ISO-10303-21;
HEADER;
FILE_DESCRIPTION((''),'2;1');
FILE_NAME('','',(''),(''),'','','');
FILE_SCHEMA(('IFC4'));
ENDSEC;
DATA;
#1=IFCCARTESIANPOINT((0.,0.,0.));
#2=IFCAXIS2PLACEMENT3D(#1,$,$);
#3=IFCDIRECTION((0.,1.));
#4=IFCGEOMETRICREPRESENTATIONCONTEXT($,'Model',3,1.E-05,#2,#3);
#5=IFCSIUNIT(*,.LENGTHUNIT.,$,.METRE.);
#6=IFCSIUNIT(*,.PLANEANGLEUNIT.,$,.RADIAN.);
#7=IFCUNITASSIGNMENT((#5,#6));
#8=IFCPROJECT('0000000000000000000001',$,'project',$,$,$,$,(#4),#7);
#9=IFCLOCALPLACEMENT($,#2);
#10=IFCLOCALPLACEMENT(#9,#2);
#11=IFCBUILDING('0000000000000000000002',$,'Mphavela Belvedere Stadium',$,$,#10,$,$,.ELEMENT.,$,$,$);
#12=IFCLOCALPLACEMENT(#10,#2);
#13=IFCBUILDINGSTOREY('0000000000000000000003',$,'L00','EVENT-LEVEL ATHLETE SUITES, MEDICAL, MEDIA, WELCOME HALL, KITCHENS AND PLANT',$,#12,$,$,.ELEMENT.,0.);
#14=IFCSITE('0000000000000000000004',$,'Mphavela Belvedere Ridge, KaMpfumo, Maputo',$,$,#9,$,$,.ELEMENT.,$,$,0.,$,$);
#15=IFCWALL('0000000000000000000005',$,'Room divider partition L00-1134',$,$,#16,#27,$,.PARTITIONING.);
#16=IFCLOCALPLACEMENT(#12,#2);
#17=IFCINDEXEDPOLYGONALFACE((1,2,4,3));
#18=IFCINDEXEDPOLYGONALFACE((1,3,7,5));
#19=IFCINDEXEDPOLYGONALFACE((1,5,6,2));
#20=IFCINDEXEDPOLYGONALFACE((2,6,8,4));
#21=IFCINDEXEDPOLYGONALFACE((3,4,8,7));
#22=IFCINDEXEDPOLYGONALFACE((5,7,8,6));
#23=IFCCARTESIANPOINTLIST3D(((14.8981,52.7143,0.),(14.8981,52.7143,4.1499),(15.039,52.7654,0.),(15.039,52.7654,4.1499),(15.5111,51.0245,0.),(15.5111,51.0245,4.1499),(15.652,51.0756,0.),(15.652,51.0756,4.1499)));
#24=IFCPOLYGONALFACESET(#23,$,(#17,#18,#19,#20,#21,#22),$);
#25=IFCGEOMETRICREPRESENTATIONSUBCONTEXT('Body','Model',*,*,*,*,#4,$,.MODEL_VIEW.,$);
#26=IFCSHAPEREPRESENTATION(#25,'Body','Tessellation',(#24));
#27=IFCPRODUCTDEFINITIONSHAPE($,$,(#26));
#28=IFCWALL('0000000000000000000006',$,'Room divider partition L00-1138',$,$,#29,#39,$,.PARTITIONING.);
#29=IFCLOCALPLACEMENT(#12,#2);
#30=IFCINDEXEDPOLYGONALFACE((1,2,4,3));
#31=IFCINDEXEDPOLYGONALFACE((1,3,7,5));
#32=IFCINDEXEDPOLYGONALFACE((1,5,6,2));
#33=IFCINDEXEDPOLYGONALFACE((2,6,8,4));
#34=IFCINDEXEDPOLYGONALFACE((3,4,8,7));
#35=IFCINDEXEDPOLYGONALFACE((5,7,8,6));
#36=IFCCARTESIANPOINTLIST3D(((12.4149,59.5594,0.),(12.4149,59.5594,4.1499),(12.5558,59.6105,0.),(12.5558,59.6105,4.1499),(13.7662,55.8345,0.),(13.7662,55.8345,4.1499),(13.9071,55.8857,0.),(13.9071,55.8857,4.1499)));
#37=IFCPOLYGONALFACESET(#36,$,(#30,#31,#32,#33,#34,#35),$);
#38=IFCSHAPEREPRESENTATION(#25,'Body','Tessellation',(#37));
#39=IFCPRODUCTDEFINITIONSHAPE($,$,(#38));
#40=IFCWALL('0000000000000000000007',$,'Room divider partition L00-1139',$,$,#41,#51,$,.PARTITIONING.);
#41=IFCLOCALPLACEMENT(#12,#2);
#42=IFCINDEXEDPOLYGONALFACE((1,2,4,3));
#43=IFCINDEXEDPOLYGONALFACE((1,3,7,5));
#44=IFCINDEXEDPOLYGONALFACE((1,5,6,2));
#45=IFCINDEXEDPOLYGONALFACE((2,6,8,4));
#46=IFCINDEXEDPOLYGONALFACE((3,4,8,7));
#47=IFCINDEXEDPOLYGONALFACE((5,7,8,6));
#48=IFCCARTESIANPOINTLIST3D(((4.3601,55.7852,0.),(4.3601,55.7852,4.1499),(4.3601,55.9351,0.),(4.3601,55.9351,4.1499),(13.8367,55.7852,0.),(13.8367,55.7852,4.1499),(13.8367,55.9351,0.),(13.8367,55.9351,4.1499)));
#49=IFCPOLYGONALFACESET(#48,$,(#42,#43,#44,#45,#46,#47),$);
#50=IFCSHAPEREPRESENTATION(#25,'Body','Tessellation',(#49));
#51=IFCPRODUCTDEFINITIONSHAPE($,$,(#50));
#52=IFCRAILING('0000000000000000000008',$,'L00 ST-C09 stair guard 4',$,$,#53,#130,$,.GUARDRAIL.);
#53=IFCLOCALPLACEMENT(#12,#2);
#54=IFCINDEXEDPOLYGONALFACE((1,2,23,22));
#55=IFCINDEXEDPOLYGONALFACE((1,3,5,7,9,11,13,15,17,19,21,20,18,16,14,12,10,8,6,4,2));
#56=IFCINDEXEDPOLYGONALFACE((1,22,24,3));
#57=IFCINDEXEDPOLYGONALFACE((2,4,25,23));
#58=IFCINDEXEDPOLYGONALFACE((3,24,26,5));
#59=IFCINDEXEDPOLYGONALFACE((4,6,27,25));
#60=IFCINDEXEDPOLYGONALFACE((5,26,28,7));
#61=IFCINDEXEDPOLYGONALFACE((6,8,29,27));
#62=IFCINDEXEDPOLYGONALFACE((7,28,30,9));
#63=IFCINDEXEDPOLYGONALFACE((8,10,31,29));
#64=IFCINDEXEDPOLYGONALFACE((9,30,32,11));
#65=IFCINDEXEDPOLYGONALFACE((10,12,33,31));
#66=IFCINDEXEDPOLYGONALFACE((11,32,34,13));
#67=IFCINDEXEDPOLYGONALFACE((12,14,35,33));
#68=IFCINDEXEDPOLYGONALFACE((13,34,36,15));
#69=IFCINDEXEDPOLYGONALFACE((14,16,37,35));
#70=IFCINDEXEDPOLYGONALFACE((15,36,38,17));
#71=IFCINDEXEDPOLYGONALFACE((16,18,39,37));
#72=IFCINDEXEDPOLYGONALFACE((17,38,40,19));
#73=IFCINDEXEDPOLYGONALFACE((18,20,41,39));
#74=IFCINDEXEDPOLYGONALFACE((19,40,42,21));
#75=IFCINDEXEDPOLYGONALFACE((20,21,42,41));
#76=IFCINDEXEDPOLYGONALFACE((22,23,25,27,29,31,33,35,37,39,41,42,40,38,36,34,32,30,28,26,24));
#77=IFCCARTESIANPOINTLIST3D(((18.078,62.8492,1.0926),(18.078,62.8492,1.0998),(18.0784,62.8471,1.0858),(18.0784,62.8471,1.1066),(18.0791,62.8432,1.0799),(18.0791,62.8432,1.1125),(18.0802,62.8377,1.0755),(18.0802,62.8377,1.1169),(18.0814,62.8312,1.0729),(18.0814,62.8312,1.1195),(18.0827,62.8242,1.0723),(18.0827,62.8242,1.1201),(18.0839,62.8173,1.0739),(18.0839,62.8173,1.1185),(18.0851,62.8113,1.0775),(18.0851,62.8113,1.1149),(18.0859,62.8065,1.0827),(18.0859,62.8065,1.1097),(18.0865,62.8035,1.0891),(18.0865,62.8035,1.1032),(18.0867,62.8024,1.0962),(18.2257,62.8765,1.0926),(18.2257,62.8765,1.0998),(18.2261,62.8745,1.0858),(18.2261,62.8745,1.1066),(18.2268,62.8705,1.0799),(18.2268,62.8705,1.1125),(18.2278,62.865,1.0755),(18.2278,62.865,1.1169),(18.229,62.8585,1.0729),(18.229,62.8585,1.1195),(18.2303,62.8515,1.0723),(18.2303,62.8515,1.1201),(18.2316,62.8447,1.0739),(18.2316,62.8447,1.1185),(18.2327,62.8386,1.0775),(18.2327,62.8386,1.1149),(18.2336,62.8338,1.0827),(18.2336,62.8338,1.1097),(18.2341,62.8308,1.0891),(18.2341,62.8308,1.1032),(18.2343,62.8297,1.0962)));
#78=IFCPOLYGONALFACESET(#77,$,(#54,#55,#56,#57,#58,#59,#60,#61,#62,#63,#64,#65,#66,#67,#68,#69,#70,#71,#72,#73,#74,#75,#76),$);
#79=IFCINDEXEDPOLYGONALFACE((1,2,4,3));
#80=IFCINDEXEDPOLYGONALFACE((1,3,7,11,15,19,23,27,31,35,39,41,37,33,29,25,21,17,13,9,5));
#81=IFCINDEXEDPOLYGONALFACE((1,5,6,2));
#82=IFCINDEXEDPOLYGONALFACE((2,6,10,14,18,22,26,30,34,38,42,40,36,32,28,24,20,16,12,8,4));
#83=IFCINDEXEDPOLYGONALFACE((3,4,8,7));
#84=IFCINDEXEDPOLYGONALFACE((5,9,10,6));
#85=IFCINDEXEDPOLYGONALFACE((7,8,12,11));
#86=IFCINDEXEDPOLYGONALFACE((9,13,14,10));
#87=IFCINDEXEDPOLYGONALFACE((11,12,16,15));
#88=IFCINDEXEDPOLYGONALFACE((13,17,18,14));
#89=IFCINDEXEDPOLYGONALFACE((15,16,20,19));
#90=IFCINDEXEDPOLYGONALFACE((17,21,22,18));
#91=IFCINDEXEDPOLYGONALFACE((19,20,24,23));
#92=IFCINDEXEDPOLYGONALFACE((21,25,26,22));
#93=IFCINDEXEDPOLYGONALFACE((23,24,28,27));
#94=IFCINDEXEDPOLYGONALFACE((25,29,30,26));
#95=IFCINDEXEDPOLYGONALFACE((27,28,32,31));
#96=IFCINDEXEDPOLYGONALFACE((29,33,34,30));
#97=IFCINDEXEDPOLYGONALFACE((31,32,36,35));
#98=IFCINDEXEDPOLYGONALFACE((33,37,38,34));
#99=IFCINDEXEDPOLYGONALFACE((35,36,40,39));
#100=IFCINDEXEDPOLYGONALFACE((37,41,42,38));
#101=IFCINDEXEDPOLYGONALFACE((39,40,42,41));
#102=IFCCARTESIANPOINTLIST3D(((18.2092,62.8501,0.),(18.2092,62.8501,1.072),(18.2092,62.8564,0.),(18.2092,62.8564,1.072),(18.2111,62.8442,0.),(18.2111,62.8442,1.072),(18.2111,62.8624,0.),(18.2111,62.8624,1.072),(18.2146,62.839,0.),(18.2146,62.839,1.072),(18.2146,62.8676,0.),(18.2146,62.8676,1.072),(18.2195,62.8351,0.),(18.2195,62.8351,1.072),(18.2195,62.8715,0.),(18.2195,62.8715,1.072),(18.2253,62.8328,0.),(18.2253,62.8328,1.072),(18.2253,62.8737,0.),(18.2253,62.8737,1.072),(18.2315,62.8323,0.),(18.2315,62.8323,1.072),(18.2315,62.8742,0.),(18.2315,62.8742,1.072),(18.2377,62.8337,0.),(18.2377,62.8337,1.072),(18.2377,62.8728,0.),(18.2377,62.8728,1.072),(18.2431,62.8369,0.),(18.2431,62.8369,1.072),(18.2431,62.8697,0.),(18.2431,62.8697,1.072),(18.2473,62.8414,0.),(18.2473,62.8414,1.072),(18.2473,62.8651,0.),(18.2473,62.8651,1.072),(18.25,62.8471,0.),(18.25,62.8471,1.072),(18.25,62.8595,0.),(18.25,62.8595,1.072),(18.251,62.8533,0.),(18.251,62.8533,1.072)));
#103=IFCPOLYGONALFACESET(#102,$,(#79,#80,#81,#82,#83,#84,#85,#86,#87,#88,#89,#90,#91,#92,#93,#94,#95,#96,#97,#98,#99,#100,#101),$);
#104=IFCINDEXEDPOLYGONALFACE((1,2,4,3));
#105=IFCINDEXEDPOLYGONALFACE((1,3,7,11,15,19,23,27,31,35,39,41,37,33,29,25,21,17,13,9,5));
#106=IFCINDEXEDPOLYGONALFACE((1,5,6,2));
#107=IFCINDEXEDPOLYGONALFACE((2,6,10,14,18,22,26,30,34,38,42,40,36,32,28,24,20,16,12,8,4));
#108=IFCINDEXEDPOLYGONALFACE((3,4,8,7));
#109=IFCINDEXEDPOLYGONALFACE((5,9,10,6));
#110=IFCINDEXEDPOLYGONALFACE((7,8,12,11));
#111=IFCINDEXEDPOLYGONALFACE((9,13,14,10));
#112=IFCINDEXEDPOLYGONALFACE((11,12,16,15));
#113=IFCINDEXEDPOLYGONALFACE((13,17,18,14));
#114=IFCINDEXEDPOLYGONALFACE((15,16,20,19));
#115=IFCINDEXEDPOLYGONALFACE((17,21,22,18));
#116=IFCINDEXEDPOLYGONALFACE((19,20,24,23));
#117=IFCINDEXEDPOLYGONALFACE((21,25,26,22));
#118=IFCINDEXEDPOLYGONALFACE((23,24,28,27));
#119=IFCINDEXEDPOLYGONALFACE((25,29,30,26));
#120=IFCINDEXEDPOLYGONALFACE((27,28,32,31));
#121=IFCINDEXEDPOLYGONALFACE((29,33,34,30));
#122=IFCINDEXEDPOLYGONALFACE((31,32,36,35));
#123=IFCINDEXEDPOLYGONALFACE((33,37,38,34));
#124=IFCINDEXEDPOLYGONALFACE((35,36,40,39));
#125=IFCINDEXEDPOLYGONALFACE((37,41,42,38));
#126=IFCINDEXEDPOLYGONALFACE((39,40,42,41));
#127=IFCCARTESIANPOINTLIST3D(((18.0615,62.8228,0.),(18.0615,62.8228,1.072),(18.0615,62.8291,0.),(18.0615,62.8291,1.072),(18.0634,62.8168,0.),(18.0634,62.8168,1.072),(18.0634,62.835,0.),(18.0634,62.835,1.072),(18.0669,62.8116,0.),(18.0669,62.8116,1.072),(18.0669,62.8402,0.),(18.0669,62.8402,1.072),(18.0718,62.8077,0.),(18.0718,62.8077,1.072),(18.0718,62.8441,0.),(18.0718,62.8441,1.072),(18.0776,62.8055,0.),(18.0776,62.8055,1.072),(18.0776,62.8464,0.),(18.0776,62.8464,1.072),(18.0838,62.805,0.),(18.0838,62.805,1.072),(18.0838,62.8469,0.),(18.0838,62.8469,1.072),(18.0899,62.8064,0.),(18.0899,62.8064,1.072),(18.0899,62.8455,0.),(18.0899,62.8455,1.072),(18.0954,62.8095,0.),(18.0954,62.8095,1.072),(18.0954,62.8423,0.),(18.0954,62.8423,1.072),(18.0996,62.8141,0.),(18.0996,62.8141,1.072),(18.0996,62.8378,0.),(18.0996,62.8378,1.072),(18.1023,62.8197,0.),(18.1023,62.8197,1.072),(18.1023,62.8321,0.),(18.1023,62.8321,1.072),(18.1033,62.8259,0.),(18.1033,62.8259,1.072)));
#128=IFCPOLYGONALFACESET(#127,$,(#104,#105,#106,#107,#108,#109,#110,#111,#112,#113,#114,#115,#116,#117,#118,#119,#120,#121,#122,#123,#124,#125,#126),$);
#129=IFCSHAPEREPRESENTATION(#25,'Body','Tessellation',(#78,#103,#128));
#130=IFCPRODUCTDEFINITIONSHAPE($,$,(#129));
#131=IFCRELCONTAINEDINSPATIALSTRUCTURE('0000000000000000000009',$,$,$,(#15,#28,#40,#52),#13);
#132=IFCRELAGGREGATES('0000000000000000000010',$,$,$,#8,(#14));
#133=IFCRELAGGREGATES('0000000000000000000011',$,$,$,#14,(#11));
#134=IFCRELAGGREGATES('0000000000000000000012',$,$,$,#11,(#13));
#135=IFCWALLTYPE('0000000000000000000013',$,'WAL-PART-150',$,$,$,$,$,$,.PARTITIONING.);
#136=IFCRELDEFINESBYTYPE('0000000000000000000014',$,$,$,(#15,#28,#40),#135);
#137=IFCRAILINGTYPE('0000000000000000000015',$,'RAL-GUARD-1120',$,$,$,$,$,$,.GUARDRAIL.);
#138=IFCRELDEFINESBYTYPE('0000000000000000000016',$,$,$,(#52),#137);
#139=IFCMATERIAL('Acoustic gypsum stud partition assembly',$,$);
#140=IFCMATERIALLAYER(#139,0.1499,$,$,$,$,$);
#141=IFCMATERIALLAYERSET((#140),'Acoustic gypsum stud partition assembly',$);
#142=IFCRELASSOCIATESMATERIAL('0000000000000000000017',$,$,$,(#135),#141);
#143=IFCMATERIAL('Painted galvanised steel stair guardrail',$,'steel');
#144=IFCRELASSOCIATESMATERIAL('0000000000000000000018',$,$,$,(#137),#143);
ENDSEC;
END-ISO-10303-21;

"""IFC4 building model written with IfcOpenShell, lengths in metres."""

from ifc_helpers import new_model, si_unit, direction, frame, frame_2d, origin, origin_2d, place, context, subcontext, project, spatial, rectangle, circle, extrude, material, layer, layer_set, type_object, element, save


model = new_model("IFC4")

# Units and contexts
model_context = context("Model", 3, precision=1e-05, world=origin(), true_north=direction((0.0, 1.0)))
body_context = subcontext(model_context, "Body", "Model", "MODEL_VIEW")
ifc_project = project(units=[si_unit("LENGTHUNIT", "METRE"), si_unit("PLANEANGLEUNIT", "RADIAN")], contexts=[model_context])

# Site, building, storey
site_placement = place(None, origin())
site = spatial("IfcSite", under=ifc_project, at=site_placement, Name="Mphavela Belvedere Ridge, KaMpfumo, Maputo", CompositionType="ELEMENT", RefElevation=0.0)
building_placement = place(site_placement, origin())
building = spatial("IfcBuilding", under=site, at=building_placement, Name="Mphavela Belvedere Stadium", CompositionType="ELEMENT")
storey_placement = place(building_placement, origin())
storey = spatial("IfcBuildingStorey", under=building, at=storey_placement, Name="L00", Description="EVENT-LEVEL ATHLETE SUITES, MEDICAL, MEDIA, WELCOME HALL, KITCHENS AND PLANT", CompositionType="ELEMENT", Elevation=0.0)

# Shared definitions
ifc_material_1 = material(Name="Acoustic gypsum stud partition assembly")
ifc_layer_1 = layer(ifc_material_1, 0.1499)
ifc_layer_set_1 = layer_set([ifc_layer_1], Name="Acoustic gypsum stud partition assembly")
wall_type_1 = type_object("IfcWallType", Name="WAL-PART-150", PredefinedType="PARTITIONING", material=ifc_layer_set_1)

# Walls
wall_1_placement = place(storey_placement, frame((14.9685, 52.74, 0.0), z_axis=(0.0, 0.0, 1.0), x_axis=(0.341012, -0.940059, 0.0)))
element("IfcWall", 1, at=wall_1_placement, inside=storey, type_object=wall_type_1, Name="Room divider partition L00-1134", PredefinedType="PARTITIONING", context=body_context, shape_type="SweptSolid", body=[
    extrude(rectangle(XDim=1.7976, YDim=0.1499, at=frame_2d((0.8989, 0.0))), origin(), (0.0, 0.0, 1.0), 4.1499),
])
wall_2_placement = place(storey_placement, frame((12.4854, 59.585, 0.0), z_axis=(0.0, 0.0, 1.0), x_axis=(0.341036, -0.94005, 0.0)))
element("IfcWall", 2, at=wall_2_placement, inside=storey, type_object=wall_type_1, Name="Room divider partition L00-1138", PredefinedType="PARTITIONING", context=body_context, shape_type="SweptSolid", body=[
    extrude(rectangle(XDim=3.9624, YDim=0.1499, at=frame_2d((1.9812, 0.0))), origin(), (0.0, 0.0, 1.0), 4.1499),
])
wall_3_placement = place(storey_placement, frame((13.8367, 55.8601, 0.0), z_axis=(0.0, 0.0, 1.0), x_axis=(-1.0, 0.0, 0.0)))
element("IfcWall", 3, at=wall_3_placement, inside=storey, type_object=wall_type_1, Name="Room divider partition L00-1139", PredefinedType="PARTITIONING", context=body_context, shape_type="SweptSolid", body=[
    extrude(rectangle(XDim=9.4766, YDim=0.1499, at=frame_2d((4.7383, 0.0))), origin(), (0.0, 0.0, 1.0), 4.1499),
])

# Railing
ifc_material_2 = material(Name="Painted galvanised steel stair guardrail", Category="steel")
railing_type = type_object("IfcRailingType", Name="RAL-GUARD-1120", PredefinedType="GUARDRAIL", material=ifc_material_2)
railing_1_placement = place(storey_placement, frame((18.23, 62.8533, 0.0)))
element("IfcRailing", 4, at=railing_1_placement, inside=storey, type_object=railing_type, Name="L00 ST-C09 stair guard 4", PredefinedType="GUARDRAIL", context=body_context, shape_type="SweptSolid", body=[
    extrude(circle(Radius=0.0239, at=origin_2d()), frame((0.0, 0.0, 1.0962), z_axis=(-0.983293, -0.182031, 0.0), x_axis=(0.182031, -0.983293, 0.0)), (0.0, 0.0, 1.0), 0.1501),
    extrude(circle(Radius=0.021, at=origin_2d()), origin(), (0.0, 0.0, 1.0), 1.072),
    extrude(circle(Radius=0.021, at=origin_2d()), frame((-0.1477, -0.0273, 0.0)), (0.0, 0.0, 1.0), 1.072),
])

save(model, "model.ifc")
